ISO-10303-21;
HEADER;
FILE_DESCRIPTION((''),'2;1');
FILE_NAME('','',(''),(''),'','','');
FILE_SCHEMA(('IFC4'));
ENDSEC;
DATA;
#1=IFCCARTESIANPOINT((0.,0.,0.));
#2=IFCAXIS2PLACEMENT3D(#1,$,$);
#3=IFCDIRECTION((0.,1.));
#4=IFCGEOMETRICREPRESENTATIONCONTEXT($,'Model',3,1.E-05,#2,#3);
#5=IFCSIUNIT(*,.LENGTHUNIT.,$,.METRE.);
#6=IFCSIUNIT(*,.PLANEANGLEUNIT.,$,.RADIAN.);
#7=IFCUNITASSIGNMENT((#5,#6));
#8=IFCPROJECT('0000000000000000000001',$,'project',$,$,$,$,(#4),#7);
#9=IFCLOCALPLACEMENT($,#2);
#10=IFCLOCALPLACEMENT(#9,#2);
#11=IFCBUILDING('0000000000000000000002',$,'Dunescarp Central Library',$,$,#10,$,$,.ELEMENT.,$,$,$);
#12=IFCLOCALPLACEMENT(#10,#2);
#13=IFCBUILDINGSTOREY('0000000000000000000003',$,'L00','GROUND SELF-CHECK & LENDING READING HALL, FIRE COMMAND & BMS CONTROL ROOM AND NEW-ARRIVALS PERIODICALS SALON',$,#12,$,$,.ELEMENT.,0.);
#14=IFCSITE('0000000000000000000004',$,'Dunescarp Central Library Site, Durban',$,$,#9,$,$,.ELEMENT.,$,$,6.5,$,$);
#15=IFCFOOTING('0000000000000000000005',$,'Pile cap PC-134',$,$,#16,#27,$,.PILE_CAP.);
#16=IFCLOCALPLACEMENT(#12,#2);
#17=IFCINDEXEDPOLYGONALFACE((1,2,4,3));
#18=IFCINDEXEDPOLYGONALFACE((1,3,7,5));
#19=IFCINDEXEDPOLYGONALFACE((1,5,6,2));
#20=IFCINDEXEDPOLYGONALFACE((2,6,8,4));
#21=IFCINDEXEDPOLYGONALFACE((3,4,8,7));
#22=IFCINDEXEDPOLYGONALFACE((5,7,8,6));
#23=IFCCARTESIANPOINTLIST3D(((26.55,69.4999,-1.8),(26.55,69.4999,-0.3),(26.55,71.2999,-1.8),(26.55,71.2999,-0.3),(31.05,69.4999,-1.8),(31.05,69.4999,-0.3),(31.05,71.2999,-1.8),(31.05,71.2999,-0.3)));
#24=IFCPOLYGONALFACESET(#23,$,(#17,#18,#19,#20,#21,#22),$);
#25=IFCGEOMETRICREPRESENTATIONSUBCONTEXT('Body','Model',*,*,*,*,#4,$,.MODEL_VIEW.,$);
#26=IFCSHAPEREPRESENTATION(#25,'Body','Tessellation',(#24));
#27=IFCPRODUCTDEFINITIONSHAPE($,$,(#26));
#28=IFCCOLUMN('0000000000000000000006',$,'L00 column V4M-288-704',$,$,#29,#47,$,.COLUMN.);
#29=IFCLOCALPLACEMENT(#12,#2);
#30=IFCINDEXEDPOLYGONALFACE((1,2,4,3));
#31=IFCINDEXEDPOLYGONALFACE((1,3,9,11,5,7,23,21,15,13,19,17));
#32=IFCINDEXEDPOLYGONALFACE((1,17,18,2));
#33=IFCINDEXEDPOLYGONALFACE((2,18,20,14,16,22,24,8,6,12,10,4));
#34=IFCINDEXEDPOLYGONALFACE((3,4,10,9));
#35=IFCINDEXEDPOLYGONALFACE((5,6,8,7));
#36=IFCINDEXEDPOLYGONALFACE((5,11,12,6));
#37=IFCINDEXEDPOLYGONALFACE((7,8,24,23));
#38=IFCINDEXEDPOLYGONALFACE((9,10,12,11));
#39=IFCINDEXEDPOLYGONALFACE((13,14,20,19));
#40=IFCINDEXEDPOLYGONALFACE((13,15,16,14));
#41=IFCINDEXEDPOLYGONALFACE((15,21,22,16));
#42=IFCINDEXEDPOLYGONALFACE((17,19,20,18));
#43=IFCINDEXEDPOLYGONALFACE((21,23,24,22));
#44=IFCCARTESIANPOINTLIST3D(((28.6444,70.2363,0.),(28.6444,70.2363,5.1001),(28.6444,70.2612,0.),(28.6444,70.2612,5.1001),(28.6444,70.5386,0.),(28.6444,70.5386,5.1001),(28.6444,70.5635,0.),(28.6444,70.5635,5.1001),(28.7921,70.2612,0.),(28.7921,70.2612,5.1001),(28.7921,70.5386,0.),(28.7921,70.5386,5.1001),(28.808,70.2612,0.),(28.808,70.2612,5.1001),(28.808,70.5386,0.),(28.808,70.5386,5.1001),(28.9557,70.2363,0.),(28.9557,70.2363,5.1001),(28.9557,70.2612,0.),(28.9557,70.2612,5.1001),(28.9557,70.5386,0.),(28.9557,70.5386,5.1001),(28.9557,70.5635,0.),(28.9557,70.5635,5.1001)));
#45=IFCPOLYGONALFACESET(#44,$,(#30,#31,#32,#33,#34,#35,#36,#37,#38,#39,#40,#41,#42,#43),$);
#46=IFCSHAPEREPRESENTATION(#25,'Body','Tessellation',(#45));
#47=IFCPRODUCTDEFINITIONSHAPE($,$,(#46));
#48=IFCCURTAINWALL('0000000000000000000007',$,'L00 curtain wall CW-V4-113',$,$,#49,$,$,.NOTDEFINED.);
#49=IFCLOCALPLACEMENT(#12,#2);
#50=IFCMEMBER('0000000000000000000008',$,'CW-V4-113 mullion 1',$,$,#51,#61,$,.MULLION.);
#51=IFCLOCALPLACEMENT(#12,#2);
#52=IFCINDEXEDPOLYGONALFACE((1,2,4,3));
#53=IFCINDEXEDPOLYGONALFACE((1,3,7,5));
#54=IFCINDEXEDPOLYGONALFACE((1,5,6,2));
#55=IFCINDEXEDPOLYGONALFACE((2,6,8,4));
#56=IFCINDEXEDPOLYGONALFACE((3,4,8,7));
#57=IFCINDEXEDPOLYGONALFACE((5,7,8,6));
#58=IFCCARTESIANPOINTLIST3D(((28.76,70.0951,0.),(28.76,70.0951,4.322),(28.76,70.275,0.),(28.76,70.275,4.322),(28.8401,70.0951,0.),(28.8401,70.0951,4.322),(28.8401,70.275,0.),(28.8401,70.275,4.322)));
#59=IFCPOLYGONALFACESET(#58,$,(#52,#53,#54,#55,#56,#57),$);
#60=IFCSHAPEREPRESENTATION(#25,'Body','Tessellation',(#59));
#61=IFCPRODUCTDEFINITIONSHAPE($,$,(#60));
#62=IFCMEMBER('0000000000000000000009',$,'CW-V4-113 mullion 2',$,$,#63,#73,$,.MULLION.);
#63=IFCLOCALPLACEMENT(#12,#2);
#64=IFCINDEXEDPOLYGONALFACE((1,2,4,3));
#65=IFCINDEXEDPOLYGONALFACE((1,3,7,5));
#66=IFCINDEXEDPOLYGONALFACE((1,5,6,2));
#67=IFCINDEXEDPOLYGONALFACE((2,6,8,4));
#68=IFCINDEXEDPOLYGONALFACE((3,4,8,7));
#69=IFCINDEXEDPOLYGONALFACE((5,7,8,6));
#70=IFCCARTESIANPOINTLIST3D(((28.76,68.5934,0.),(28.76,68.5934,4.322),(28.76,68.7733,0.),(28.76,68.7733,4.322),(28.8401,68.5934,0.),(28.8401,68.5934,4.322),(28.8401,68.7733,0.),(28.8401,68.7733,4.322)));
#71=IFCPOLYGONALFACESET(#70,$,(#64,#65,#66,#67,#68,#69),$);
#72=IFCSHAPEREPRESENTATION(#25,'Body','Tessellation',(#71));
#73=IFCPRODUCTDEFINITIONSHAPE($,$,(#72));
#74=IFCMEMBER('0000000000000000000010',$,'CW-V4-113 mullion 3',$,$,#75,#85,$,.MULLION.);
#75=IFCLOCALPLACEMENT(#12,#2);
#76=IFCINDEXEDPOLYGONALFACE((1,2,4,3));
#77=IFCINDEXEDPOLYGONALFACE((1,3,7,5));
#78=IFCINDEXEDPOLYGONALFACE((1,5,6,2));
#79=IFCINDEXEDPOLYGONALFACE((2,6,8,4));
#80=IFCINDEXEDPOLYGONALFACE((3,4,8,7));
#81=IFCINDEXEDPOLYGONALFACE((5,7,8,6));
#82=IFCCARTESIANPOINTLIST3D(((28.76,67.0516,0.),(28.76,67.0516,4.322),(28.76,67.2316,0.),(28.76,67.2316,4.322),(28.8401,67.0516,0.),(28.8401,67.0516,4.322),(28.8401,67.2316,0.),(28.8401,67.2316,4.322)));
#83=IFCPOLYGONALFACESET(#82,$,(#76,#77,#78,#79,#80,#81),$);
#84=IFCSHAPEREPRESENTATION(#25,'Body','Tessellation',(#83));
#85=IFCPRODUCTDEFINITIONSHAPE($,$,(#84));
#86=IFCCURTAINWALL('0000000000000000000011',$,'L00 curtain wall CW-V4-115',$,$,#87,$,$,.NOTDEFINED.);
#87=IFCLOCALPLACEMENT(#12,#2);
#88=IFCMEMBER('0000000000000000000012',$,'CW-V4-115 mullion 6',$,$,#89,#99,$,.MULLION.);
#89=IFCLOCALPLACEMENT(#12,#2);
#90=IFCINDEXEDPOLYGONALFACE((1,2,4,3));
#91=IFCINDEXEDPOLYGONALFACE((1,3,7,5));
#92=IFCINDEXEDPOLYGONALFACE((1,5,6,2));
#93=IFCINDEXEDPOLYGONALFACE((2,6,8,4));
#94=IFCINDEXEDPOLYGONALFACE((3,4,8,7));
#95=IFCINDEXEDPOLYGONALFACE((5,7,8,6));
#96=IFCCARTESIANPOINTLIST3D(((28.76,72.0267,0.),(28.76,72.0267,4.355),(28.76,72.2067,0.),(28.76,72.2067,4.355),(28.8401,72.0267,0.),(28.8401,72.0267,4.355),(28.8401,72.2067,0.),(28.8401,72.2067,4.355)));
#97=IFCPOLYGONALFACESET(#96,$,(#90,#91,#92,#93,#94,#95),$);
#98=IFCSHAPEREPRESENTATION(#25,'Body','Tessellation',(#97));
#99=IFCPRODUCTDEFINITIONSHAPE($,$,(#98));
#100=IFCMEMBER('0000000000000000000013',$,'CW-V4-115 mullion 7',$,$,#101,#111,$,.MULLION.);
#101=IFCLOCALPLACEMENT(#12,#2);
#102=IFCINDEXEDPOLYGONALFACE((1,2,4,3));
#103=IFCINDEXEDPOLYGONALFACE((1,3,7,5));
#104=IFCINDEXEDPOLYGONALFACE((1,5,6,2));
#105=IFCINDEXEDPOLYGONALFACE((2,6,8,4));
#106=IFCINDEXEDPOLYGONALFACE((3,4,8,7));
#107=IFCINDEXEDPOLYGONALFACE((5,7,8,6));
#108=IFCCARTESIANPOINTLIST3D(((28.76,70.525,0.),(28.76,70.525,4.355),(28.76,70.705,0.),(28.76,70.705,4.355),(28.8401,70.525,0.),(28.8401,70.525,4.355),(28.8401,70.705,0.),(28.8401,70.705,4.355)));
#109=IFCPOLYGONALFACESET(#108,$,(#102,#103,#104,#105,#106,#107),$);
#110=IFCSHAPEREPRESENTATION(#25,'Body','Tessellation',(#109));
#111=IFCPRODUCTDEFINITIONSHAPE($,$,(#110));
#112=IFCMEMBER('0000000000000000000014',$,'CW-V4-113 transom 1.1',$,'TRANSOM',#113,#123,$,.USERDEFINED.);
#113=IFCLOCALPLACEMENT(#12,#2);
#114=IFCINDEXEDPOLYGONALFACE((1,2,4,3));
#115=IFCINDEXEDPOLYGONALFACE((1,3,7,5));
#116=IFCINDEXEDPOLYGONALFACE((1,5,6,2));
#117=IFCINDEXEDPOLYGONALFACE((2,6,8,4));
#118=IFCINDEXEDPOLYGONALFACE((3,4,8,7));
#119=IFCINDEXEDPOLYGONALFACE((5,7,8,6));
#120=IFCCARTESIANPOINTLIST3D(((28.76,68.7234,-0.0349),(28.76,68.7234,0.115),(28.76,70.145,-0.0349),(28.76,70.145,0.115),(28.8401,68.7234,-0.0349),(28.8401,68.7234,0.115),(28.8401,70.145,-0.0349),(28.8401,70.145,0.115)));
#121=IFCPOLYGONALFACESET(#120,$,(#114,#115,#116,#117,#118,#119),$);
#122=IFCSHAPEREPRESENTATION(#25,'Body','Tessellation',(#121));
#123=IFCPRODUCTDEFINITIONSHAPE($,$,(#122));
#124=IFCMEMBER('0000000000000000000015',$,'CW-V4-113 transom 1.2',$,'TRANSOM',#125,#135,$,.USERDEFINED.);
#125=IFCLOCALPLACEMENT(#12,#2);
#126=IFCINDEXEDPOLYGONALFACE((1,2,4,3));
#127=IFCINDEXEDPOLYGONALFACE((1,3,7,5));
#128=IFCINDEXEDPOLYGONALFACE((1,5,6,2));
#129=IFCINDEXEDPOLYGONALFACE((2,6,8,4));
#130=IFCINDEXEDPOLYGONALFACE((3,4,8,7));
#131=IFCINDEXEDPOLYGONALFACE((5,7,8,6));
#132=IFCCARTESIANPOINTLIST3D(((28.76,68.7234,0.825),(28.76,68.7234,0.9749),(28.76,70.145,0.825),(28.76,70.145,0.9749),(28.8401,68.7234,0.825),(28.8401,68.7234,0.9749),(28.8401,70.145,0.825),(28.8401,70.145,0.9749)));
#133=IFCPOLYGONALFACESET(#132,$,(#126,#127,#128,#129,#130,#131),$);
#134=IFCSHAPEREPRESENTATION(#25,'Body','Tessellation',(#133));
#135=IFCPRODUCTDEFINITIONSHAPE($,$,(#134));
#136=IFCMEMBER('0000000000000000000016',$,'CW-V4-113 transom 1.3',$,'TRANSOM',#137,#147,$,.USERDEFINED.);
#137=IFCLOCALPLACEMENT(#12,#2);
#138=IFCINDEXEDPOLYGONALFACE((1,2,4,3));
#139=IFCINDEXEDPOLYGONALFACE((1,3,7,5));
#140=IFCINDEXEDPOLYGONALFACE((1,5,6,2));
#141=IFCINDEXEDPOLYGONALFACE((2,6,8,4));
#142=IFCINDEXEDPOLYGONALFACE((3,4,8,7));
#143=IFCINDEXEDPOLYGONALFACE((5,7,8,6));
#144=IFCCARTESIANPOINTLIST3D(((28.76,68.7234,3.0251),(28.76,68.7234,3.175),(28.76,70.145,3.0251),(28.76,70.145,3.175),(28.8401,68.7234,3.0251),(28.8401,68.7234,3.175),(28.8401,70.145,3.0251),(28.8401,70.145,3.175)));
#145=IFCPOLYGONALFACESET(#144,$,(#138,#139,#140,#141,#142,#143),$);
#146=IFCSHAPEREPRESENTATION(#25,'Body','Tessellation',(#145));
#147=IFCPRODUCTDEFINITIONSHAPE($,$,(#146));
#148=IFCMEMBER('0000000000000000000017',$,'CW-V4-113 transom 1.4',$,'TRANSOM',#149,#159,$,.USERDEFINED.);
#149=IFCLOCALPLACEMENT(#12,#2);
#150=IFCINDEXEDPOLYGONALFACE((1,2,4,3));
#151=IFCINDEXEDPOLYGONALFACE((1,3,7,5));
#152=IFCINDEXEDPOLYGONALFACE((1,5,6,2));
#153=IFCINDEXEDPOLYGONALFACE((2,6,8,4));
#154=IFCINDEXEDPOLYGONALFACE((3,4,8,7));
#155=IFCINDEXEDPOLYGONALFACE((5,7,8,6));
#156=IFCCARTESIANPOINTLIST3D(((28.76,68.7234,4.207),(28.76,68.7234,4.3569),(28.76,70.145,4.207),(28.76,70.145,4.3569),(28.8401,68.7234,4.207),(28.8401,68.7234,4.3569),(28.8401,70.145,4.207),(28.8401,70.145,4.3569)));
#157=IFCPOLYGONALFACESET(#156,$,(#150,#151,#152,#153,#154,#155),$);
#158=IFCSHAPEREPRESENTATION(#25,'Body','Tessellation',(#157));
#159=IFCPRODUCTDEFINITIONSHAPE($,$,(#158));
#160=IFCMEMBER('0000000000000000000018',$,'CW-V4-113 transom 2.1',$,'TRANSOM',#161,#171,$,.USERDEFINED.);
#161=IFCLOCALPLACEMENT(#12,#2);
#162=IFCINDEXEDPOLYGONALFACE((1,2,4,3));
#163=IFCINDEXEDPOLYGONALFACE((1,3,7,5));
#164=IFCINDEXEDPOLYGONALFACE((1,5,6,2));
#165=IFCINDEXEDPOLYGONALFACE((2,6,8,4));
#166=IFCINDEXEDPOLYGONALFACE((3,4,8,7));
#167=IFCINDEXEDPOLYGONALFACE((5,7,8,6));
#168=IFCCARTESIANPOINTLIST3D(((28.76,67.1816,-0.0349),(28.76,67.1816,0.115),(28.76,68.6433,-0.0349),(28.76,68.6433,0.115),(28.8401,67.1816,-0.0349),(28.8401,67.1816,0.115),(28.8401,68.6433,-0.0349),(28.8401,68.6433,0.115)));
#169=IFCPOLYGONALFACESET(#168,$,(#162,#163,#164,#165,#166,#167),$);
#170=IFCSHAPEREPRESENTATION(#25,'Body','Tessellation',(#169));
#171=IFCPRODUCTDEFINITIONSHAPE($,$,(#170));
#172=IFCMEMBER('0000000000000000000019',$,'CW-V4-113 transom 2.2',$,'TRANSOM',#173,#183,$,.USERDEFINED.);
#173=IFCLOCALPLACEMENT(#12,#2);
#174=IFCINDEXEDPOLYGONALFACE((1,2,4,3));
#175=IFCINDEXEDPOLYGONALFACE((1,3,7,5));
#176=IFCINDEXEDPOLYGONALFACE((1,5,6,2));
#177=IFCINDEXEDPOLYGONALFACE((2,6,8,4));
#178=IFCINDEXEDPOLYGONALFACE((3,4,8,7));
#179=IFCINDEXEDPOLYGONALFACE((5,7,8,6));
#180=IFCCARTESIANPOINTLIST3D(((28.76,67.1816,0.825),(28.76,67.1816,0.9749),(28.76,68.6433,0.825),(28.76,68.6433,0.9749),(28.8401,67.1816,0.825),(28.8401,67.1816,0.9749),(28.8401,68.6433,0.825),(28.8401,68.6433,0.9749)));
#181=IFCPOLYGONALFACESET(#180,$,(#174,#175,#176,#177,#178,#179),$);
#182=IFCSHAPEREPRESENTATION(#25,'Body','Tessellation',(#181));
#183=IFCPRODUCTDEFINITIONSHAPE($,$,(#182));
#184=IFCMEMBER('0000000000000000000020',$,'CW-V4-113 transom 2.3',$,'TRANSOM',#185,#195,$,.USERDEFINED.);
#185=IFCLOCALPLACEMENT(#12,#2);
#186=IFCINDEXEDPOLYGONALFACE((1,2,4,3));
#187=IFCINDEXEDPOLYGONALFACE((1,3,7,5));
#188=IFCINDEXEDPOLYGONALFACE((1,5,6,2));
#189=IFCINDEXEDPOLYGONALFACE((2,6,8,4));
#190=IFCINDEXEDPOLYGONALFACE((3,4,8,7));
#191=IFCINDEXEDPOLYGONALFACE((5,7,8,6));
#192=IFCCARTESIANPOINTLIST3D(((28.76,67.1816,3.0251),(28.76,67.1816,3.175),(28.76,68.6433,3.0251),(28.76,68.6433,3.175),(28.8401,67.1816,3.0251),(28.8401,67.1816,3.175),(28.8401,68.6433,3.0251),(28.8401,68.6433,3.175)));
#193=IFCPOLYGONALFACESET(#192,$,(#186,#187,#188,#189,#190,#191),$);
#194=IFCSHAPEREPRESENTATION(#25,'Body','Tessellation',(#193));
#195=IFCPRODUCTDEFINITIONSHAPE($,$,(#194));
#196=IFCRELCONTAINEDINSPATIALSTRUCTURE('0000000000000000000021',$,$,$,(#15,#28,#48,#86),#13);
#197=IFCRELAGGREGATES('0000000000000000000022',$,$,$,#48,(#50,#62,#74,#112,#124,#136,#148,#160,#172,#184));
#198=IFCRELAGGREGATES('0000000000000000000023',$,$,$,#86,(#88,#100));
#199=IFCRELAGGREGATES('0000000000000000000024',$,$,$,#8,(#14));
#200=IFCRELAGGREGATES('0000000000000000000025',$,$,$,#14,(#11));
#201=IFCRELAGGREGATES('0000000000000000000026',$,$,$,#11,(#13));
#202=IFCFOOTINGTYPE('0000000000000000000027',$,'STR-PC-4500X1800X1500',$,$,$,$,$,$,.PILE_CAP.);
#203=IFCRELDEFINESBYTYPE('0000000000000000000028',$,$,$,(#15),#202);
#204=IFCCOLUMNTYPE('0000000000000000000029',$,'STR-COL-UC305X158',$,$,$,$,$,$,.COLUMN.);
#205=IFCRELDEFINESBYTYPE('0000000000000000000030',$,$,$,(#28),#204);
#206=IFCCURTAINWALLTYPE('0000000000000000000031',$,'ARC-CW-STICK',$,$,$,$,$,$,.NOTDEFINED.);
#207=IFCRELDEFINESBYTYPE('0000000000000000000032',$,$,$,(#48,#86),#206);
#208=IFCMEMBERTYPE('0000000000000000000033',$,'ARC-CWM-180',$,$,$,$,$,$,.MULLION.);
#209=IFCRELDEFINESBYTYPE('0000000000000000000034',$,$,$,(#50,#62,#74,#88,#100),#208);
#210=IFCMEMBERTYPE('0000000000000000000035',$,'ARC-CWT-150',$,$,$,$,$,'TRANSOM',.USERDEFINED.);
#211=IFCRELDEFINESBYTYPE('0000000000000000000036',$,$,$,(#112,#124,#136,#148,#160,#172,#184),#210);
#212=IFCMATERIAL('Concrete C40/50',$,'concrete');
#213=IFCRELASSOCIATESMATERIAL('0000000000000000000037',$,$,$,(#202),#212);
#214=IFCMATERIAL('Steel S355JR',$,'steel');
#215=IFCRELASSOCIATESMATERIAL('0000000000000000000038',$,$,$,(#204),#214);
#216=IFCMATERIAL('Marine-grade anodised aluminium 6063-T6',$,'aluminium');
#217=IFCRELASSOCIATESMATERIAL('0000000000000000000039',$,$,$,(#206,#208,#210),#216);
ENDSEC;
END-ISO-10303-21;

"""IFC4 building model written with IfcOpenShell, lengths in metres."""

from ifc_helpers import new_model, si_unit, direction, frame, origin, origin_2d, place, context, subcontext, project, spatial, rectangle, i_section, extrude, material, material_profile, profile_set, type_object, element, aggregate, save


model = new_model("IFC4")

# Units and contexts
model_context = context("Model", 3, precision=1e-05, world=origin(), true_north=direction((0.0, 1.0)))
body_context = subcontext(model_context, "Body", "Model", "MODEL_VIEW")
ifc_project = project(units=[si_unit("LENGTHUNIT", "METRE"), si_unit("PLANEANGLEUNIT", "RADIAN")], contexts=[model_context])

# Site, building, storey
site_placement = place(None, origin())
site = spatial("IfcSite", under=ifc_project, at=site_placement, Name="Dunescarp Central Library Site, Durban", CompositionType="ELEMENT", RefElevation=6.5)
building_placement = place(site_placement, origin())
building = spatial("IfcBuilding", under=site, at=building_placement, Name="Dunescarp Central Library", CompositionType="ELEMENT")
storey_placement = place(building_placement, origin())
storey = spatial("IfcBuildingStorey", under=building, at=storey_placement, Name="L00", Description="GROUND SELF-CHECK & LENDING READING HALL, FIRE COMMAND & BMS CONTROL ROOM AND NEW-ARRIVALS PERIODICALS SALON", CompositionType="ELEMENT", Elevation=0.0)

# Footing
ifc_material_1 = material(Name="Concrete C40/50", Category="concrete")
footing_type = type_object("IfcFootingType", Name="STR-PC-4500X1800X1500", PredefinedType="PILE_CAP", material=ifc_material_1)
footing_placement = place(storey_placement, frame((28.8, 70.3999, -1.8), z_axis=(0.0, 0.0, 1.0), x_axis=(1.0, 0.0, 0.0)))
element("IfcFooting", 1, at=footing_placement, inside=storey, type_object=footing_type, Name="Pile cap PC-134", PredefinedType="PILE_CAP", context=body_context, shape_type="SweptSolid", body=[
    extrude(rectangle(XDim=4.5, YDim=1.8, at=origin_2d()), origin(), (0.0, 0.0, 1.0), 1.5),
])

# Column
ifc_material_2 = material(Name="Steel S355JR", Category="steel")
ifc_material_profile_1 = material_profile(ifc_material_2, i_section(OverallWidth=0.3113, OverallDepth=0.3271, WebThickness=0.0159, FlangeThickness=0.0249, at=origin_2d()), Name="UC 305x305x158")
ifc_profile_set_1 = profile_set([ifc_material_profile_1], Name="Steel S355JR")
column_type = type_object("IfcColumnType", Name="STR-COL-UC305X158", PredefinedType="COLUMN", material=ifc_profile_set_1)
column_placement = place(storey_placement, frame((28.8, 70.3999, 0.0), z_axis=(0.0, 0.0, 1.0), x_axis=(1.0, 0.0, 0.0)))
element("IfcColumn", 2, at=column_placement, inside=storey, type_object=column_type, Name="L00 column V4M-288-704", PredefinedType="COLUMN", context=body_context, shape_type="SweptSolid", body=[
    extrude(i_section(OverallWidth=0.3113, OverallDepth=0.3271, WebThickness=0.0159, FlangeThickness=0.0249, at=origin_2d()), origin(), (0.0, 0.0, 1.0), 5.1001),
])

# Curtain walls, members
ifc_material_3 = material(Name="Marine-grade anodised aluminium 6063-T6", Category="aluminium")
curtain_wall_type = type_object("IfcCurtainWallType", Name="ARC-CW-STICK", PredefinedType="NOTDEFINED", material=ifc_material_3)
curtain_wall_1_placement = place(storey_placement, origin())
curtain_wall_1 = element("IfcCurtainWall", 3, at=curtain_wall_1_placement, inside=storey, type_object=curtain_wall_type, Name="L00 curtain wall CW-V4-113", PredefinedType="NOTDEFINED")
ifc_material_profile_2 = material_profile(ifc_material_3, rectangle(XDim=0.0801, YDim=0.1799, at=origin_2d()), Name="AL 80x180")
ifc_profile_set_2 = profile_set([ifc_material_profile_2], Name="Marine-grade anodised aluminium 6063-T6")
member_type_1 = type_object("IfcMemberType", Name="ARC-CWM-180", PredefinedType="MULLION", material=ifc_profile_set_2)
member_1_placement = place(storey_placement, frame((28.8, 70.1851, 0.0), z_axis=(0.0, 0.0, 1.0), x_axis=(1.0, 0.0, 0.0)))
member_1 = element("IfcMember", 4, at=member_1_placement, type_object=member_type_1, Name="CW-V4-113 mullion 1", PredefinedType="MULLION", context=body_context, shape_type="SweptSolid", body=[
    extrude(rectangle(XDim=0.0801, YDim=0.1799, at=origin_2d()), origin(), (0.0, 0.0, 1.0), 4.322),
])
member_2_placement = place(storey_placement, frame((28.8, 68.6833, 0.0), z_axis=(0.0, 0.0, 1.0), x_axis=(1.0, 0.0, 0.0)))
member_2 = element("IfcMember", 5, at=member_2_placement, type_object=member_type_1, Name="CW-V4-113 mullion 2", PredefinedType="MULLION", context=body_context, shape_type="SweptSolid", body=[
    extrude(rectangle(XDim=0.0801, YDim=0.1799, at=origin_2d()), origin(), (0.0, 0.0, 1.0), 4.322),
])
member_3_placement = place(storey_placement, frame((28.8, 67.1416, 0.0), z_axis=(0.0, 0.0, 1.0), x_axis=(1.0, 0.0, 0.0)))
member_3 = element("IfcMember", 6, at=member_3_placement, type_object=member_type_1, Name="CW-V4-113 mullion 3", PredefinedType="MULLION", context=body_context, shape_type="SweptSolid", body=[
    extrude(rectangle(XDim=0.0801, YDim=0.1799, at=origin_2d()), origin(), (0.0, 0.0, 1.0), 4.322),
])
curtain_wall_2_placement = place(storey_placement, origin())
curtain_wall_2 = element("IfcCurtainWall", 7, at=curtain_wall_2_placement, inside=storey, type_object=curtain_wall_type, Name="L00 curtain wall CW-V4-115", PredefinedType="NOTDEFINED")
member_4_placement = place(storey_placement, frame((28.8, 72.1167, 0.0), z_axis=(0.0, 0.0, 1.0), x_axis=(1.0, 0.0, 0.0)))
member_4 = element("IfcMember", 8, at=member_4_placement, type_object=member_type_1, Name="CW-V4-115 mullion 6", PredefinedType="MULLION", context=body_context, shape_type="SweptSolid", body=[
    extrude(rectangle(XDim=0.0801, YDim=0.1799, at=origin_2d()), origin(), (0.0, 0.0, 1.0), 4.355),
])
member_5_placement = place(storey_placement, frame((28.8, 70.615, 0.0), z_axis=(0.0, 0.0, 1.0), x_axis=(1.0, 0.0, 0.0)))
member_5 = element("IfcMember", 9, at=member_5_placement, type_object=member_type_1, Name="CW-V4-115 mullion 7", PredefinedType="MULLION", context=body_context, shape_type="SweptSolid", body=[
    extrude(rectangle(XDim=0.0801, YDim=0.1799, at=origin_2d()), origin(), (0.0, 0.0, 1.0), 4.355),
])

# Members
ifc_material_profile_3 = material_profile(ifc_material_3, rectangle(XDim=0.0801, YDim=0.1499, at=origin_2d()), Name="AL 80x150")
ifc_profile_set_3 = profile_set([ifc_material_profile_3], Name="Marine-grade anodised aluminium 6063-T6")
member_type_2 = type_object("IfcMemberType", Name="ARC-CWT-150", ElementType="TRANSOM", PredefinedType="USERDEFINED", material=ifc_profile_set_3)
member_6_placement = place(storey_placement, frame((28.8, 70.145, 0.04), z_axis=(0.0, -1.0, 0.0), x_axis=(1.0, 0.0, 0.0)))
member_6 = element("IfcMember", 10, at=member_6_placement, type_object=member_type_2, Name="CW-V4-113 transom 1.1", ObjectType="TRANSOM", PredefinedType="USERDEFINED", context=body_context, shape_type="SweptSolid", body=[
    extrude(rectangle(XDim=0.0801, YDim=0.1499, at=origin_2d()), origin(), (0.0, 0.0, 1.0), 1.4216),
])
member_7_placement = place(storey_placement, frame((28.8, 70.145, 0.8999), z_axis=(0.0, -1.0, 0.0), x_axis=(1.0, 0.0, 0.0)))
member_7 = element("IfcMember", 11, at=member_7_placement, type_object=member_type_2, Name="CW-V4-113 transom 1.2", ObjectType="TRANSOM", PredefinedType="USERDEFINED", context=body_context, shape_type="SweptSolid", body=[
    extrude(rectangle(XDim=0.0801, YDim=0.1499, at=origin_2d()), origin(), (0.0, 0.0, 1.0), 1.4216),
])
member_8_placement = place(storey_placement, frame((28.8, 70.145, 3.1001), z_axis=(0.0, -1.0, 0.0), x_axis=(1.0, 0.0, 0.0)))
member_8 = element("IfcMember", 12, at=member_8_placement, type_object=member_type_2, Name="CW-V4-113 transom 1.3", ObjectType="TRANSOM", PredefinedType="USERDEFINED", context=body_context, shape_type="SweptSolid", body=[
    extrude(rectangle(XDim=0.0801, YDim=0.1499, at=origin_2d()), origin(), (0.0, 0.0, 1.0), 1.4216),
])
member_9_placement = place(storey_placement, frame((28.8, 70.145, 4.282), z_axis=(0.0, -1.0, 0.0), x_axis=(1.0, 0.0, 0.0)))
member_9 = element("IfcMember", 13, at=member_9_placement, type_object=member_type_2, Name="CW-V4-113 transom 1.4", ObjectType="TRANSOM", PredefinedType="USERDEFINED", context=body_context, shape_type="SweptSolid", body=[
    extrude(rectangle(XDim=0.0801, YDim=0.1499, at=origin_2d()), origin(), (0.0, 0.0, 1.0), 1.4216),
])
member_10_placement = place(storey_placement, frame((28.8, 68.6433, 0.04), z_axis=(0.0, -1.0, 0.0), x_axis=(1.0, 0.0, 0.0)))
member_10 = element("IfcMember", 14, at=member_10_placement, type_object=member_type_2, Name="CW-V4-113 transom 2.1", ObjectType="TRANSOM", PredefinedType="USERDEFINED", context=body_context, shape_type="SweptSolid", body=[
    extrude(rectangle(XDim=0.0801, YDim=0.1499, at=origin_2d()), origin(), (0.0, 0.0, 1.0), 1.4617),
])
member_11_placement = place(storey_placement, frame((28.8, 68.6433, 0.8999), z_axis=(0.0, -1.0, 0.0), x_axis=(1.0, 0.0, 0.0)))
member_11 = element("IfcMember", 15, at=member_11_placement, type_object=member_type_2, Name="CW-V4-113 transom 2.2", ObjectType="TRANSOM", PredefinedType="USERDEFINED", context=body_context, shape_type="SweptSolid", body=[
    extrude(rectangle(XDim=0.0801, YDim=0.1499, at=origin_2d()), origin(), (0.0, 0.0, 1.0), 1.4617),
])
member_12_placement = place(storey_placement, frame((28.8, 68.6433, 3.1001), z_axis=(0.0, -1.0, 0.0), x_axis=(1.0, 0.0, 0.0)))
member_12 = element("IfcMember", 16, at=member_12_placement, type_object=member_type_2, Name="CW-V4-113 transom 2.3", ObjectType="TRANSOM", PredefinedType="USERDEFINED", context=body_context, shape_type="SweptSolid", body=[
    extrude(rectangle(XDim=0.0801, YDim=0.1499, at=origin_2d()), origin(), (0.0, 0.0, 1.0), 1.4617),
])

aggregate(curtain_wall_1, [member_1, member_2, member_3, member_6, member_7, member_8, member_9, member_10, member_11, member_12])
aggregate(curtain_wall_2, [member_4, member_5])

save(model, "model.ifc")
